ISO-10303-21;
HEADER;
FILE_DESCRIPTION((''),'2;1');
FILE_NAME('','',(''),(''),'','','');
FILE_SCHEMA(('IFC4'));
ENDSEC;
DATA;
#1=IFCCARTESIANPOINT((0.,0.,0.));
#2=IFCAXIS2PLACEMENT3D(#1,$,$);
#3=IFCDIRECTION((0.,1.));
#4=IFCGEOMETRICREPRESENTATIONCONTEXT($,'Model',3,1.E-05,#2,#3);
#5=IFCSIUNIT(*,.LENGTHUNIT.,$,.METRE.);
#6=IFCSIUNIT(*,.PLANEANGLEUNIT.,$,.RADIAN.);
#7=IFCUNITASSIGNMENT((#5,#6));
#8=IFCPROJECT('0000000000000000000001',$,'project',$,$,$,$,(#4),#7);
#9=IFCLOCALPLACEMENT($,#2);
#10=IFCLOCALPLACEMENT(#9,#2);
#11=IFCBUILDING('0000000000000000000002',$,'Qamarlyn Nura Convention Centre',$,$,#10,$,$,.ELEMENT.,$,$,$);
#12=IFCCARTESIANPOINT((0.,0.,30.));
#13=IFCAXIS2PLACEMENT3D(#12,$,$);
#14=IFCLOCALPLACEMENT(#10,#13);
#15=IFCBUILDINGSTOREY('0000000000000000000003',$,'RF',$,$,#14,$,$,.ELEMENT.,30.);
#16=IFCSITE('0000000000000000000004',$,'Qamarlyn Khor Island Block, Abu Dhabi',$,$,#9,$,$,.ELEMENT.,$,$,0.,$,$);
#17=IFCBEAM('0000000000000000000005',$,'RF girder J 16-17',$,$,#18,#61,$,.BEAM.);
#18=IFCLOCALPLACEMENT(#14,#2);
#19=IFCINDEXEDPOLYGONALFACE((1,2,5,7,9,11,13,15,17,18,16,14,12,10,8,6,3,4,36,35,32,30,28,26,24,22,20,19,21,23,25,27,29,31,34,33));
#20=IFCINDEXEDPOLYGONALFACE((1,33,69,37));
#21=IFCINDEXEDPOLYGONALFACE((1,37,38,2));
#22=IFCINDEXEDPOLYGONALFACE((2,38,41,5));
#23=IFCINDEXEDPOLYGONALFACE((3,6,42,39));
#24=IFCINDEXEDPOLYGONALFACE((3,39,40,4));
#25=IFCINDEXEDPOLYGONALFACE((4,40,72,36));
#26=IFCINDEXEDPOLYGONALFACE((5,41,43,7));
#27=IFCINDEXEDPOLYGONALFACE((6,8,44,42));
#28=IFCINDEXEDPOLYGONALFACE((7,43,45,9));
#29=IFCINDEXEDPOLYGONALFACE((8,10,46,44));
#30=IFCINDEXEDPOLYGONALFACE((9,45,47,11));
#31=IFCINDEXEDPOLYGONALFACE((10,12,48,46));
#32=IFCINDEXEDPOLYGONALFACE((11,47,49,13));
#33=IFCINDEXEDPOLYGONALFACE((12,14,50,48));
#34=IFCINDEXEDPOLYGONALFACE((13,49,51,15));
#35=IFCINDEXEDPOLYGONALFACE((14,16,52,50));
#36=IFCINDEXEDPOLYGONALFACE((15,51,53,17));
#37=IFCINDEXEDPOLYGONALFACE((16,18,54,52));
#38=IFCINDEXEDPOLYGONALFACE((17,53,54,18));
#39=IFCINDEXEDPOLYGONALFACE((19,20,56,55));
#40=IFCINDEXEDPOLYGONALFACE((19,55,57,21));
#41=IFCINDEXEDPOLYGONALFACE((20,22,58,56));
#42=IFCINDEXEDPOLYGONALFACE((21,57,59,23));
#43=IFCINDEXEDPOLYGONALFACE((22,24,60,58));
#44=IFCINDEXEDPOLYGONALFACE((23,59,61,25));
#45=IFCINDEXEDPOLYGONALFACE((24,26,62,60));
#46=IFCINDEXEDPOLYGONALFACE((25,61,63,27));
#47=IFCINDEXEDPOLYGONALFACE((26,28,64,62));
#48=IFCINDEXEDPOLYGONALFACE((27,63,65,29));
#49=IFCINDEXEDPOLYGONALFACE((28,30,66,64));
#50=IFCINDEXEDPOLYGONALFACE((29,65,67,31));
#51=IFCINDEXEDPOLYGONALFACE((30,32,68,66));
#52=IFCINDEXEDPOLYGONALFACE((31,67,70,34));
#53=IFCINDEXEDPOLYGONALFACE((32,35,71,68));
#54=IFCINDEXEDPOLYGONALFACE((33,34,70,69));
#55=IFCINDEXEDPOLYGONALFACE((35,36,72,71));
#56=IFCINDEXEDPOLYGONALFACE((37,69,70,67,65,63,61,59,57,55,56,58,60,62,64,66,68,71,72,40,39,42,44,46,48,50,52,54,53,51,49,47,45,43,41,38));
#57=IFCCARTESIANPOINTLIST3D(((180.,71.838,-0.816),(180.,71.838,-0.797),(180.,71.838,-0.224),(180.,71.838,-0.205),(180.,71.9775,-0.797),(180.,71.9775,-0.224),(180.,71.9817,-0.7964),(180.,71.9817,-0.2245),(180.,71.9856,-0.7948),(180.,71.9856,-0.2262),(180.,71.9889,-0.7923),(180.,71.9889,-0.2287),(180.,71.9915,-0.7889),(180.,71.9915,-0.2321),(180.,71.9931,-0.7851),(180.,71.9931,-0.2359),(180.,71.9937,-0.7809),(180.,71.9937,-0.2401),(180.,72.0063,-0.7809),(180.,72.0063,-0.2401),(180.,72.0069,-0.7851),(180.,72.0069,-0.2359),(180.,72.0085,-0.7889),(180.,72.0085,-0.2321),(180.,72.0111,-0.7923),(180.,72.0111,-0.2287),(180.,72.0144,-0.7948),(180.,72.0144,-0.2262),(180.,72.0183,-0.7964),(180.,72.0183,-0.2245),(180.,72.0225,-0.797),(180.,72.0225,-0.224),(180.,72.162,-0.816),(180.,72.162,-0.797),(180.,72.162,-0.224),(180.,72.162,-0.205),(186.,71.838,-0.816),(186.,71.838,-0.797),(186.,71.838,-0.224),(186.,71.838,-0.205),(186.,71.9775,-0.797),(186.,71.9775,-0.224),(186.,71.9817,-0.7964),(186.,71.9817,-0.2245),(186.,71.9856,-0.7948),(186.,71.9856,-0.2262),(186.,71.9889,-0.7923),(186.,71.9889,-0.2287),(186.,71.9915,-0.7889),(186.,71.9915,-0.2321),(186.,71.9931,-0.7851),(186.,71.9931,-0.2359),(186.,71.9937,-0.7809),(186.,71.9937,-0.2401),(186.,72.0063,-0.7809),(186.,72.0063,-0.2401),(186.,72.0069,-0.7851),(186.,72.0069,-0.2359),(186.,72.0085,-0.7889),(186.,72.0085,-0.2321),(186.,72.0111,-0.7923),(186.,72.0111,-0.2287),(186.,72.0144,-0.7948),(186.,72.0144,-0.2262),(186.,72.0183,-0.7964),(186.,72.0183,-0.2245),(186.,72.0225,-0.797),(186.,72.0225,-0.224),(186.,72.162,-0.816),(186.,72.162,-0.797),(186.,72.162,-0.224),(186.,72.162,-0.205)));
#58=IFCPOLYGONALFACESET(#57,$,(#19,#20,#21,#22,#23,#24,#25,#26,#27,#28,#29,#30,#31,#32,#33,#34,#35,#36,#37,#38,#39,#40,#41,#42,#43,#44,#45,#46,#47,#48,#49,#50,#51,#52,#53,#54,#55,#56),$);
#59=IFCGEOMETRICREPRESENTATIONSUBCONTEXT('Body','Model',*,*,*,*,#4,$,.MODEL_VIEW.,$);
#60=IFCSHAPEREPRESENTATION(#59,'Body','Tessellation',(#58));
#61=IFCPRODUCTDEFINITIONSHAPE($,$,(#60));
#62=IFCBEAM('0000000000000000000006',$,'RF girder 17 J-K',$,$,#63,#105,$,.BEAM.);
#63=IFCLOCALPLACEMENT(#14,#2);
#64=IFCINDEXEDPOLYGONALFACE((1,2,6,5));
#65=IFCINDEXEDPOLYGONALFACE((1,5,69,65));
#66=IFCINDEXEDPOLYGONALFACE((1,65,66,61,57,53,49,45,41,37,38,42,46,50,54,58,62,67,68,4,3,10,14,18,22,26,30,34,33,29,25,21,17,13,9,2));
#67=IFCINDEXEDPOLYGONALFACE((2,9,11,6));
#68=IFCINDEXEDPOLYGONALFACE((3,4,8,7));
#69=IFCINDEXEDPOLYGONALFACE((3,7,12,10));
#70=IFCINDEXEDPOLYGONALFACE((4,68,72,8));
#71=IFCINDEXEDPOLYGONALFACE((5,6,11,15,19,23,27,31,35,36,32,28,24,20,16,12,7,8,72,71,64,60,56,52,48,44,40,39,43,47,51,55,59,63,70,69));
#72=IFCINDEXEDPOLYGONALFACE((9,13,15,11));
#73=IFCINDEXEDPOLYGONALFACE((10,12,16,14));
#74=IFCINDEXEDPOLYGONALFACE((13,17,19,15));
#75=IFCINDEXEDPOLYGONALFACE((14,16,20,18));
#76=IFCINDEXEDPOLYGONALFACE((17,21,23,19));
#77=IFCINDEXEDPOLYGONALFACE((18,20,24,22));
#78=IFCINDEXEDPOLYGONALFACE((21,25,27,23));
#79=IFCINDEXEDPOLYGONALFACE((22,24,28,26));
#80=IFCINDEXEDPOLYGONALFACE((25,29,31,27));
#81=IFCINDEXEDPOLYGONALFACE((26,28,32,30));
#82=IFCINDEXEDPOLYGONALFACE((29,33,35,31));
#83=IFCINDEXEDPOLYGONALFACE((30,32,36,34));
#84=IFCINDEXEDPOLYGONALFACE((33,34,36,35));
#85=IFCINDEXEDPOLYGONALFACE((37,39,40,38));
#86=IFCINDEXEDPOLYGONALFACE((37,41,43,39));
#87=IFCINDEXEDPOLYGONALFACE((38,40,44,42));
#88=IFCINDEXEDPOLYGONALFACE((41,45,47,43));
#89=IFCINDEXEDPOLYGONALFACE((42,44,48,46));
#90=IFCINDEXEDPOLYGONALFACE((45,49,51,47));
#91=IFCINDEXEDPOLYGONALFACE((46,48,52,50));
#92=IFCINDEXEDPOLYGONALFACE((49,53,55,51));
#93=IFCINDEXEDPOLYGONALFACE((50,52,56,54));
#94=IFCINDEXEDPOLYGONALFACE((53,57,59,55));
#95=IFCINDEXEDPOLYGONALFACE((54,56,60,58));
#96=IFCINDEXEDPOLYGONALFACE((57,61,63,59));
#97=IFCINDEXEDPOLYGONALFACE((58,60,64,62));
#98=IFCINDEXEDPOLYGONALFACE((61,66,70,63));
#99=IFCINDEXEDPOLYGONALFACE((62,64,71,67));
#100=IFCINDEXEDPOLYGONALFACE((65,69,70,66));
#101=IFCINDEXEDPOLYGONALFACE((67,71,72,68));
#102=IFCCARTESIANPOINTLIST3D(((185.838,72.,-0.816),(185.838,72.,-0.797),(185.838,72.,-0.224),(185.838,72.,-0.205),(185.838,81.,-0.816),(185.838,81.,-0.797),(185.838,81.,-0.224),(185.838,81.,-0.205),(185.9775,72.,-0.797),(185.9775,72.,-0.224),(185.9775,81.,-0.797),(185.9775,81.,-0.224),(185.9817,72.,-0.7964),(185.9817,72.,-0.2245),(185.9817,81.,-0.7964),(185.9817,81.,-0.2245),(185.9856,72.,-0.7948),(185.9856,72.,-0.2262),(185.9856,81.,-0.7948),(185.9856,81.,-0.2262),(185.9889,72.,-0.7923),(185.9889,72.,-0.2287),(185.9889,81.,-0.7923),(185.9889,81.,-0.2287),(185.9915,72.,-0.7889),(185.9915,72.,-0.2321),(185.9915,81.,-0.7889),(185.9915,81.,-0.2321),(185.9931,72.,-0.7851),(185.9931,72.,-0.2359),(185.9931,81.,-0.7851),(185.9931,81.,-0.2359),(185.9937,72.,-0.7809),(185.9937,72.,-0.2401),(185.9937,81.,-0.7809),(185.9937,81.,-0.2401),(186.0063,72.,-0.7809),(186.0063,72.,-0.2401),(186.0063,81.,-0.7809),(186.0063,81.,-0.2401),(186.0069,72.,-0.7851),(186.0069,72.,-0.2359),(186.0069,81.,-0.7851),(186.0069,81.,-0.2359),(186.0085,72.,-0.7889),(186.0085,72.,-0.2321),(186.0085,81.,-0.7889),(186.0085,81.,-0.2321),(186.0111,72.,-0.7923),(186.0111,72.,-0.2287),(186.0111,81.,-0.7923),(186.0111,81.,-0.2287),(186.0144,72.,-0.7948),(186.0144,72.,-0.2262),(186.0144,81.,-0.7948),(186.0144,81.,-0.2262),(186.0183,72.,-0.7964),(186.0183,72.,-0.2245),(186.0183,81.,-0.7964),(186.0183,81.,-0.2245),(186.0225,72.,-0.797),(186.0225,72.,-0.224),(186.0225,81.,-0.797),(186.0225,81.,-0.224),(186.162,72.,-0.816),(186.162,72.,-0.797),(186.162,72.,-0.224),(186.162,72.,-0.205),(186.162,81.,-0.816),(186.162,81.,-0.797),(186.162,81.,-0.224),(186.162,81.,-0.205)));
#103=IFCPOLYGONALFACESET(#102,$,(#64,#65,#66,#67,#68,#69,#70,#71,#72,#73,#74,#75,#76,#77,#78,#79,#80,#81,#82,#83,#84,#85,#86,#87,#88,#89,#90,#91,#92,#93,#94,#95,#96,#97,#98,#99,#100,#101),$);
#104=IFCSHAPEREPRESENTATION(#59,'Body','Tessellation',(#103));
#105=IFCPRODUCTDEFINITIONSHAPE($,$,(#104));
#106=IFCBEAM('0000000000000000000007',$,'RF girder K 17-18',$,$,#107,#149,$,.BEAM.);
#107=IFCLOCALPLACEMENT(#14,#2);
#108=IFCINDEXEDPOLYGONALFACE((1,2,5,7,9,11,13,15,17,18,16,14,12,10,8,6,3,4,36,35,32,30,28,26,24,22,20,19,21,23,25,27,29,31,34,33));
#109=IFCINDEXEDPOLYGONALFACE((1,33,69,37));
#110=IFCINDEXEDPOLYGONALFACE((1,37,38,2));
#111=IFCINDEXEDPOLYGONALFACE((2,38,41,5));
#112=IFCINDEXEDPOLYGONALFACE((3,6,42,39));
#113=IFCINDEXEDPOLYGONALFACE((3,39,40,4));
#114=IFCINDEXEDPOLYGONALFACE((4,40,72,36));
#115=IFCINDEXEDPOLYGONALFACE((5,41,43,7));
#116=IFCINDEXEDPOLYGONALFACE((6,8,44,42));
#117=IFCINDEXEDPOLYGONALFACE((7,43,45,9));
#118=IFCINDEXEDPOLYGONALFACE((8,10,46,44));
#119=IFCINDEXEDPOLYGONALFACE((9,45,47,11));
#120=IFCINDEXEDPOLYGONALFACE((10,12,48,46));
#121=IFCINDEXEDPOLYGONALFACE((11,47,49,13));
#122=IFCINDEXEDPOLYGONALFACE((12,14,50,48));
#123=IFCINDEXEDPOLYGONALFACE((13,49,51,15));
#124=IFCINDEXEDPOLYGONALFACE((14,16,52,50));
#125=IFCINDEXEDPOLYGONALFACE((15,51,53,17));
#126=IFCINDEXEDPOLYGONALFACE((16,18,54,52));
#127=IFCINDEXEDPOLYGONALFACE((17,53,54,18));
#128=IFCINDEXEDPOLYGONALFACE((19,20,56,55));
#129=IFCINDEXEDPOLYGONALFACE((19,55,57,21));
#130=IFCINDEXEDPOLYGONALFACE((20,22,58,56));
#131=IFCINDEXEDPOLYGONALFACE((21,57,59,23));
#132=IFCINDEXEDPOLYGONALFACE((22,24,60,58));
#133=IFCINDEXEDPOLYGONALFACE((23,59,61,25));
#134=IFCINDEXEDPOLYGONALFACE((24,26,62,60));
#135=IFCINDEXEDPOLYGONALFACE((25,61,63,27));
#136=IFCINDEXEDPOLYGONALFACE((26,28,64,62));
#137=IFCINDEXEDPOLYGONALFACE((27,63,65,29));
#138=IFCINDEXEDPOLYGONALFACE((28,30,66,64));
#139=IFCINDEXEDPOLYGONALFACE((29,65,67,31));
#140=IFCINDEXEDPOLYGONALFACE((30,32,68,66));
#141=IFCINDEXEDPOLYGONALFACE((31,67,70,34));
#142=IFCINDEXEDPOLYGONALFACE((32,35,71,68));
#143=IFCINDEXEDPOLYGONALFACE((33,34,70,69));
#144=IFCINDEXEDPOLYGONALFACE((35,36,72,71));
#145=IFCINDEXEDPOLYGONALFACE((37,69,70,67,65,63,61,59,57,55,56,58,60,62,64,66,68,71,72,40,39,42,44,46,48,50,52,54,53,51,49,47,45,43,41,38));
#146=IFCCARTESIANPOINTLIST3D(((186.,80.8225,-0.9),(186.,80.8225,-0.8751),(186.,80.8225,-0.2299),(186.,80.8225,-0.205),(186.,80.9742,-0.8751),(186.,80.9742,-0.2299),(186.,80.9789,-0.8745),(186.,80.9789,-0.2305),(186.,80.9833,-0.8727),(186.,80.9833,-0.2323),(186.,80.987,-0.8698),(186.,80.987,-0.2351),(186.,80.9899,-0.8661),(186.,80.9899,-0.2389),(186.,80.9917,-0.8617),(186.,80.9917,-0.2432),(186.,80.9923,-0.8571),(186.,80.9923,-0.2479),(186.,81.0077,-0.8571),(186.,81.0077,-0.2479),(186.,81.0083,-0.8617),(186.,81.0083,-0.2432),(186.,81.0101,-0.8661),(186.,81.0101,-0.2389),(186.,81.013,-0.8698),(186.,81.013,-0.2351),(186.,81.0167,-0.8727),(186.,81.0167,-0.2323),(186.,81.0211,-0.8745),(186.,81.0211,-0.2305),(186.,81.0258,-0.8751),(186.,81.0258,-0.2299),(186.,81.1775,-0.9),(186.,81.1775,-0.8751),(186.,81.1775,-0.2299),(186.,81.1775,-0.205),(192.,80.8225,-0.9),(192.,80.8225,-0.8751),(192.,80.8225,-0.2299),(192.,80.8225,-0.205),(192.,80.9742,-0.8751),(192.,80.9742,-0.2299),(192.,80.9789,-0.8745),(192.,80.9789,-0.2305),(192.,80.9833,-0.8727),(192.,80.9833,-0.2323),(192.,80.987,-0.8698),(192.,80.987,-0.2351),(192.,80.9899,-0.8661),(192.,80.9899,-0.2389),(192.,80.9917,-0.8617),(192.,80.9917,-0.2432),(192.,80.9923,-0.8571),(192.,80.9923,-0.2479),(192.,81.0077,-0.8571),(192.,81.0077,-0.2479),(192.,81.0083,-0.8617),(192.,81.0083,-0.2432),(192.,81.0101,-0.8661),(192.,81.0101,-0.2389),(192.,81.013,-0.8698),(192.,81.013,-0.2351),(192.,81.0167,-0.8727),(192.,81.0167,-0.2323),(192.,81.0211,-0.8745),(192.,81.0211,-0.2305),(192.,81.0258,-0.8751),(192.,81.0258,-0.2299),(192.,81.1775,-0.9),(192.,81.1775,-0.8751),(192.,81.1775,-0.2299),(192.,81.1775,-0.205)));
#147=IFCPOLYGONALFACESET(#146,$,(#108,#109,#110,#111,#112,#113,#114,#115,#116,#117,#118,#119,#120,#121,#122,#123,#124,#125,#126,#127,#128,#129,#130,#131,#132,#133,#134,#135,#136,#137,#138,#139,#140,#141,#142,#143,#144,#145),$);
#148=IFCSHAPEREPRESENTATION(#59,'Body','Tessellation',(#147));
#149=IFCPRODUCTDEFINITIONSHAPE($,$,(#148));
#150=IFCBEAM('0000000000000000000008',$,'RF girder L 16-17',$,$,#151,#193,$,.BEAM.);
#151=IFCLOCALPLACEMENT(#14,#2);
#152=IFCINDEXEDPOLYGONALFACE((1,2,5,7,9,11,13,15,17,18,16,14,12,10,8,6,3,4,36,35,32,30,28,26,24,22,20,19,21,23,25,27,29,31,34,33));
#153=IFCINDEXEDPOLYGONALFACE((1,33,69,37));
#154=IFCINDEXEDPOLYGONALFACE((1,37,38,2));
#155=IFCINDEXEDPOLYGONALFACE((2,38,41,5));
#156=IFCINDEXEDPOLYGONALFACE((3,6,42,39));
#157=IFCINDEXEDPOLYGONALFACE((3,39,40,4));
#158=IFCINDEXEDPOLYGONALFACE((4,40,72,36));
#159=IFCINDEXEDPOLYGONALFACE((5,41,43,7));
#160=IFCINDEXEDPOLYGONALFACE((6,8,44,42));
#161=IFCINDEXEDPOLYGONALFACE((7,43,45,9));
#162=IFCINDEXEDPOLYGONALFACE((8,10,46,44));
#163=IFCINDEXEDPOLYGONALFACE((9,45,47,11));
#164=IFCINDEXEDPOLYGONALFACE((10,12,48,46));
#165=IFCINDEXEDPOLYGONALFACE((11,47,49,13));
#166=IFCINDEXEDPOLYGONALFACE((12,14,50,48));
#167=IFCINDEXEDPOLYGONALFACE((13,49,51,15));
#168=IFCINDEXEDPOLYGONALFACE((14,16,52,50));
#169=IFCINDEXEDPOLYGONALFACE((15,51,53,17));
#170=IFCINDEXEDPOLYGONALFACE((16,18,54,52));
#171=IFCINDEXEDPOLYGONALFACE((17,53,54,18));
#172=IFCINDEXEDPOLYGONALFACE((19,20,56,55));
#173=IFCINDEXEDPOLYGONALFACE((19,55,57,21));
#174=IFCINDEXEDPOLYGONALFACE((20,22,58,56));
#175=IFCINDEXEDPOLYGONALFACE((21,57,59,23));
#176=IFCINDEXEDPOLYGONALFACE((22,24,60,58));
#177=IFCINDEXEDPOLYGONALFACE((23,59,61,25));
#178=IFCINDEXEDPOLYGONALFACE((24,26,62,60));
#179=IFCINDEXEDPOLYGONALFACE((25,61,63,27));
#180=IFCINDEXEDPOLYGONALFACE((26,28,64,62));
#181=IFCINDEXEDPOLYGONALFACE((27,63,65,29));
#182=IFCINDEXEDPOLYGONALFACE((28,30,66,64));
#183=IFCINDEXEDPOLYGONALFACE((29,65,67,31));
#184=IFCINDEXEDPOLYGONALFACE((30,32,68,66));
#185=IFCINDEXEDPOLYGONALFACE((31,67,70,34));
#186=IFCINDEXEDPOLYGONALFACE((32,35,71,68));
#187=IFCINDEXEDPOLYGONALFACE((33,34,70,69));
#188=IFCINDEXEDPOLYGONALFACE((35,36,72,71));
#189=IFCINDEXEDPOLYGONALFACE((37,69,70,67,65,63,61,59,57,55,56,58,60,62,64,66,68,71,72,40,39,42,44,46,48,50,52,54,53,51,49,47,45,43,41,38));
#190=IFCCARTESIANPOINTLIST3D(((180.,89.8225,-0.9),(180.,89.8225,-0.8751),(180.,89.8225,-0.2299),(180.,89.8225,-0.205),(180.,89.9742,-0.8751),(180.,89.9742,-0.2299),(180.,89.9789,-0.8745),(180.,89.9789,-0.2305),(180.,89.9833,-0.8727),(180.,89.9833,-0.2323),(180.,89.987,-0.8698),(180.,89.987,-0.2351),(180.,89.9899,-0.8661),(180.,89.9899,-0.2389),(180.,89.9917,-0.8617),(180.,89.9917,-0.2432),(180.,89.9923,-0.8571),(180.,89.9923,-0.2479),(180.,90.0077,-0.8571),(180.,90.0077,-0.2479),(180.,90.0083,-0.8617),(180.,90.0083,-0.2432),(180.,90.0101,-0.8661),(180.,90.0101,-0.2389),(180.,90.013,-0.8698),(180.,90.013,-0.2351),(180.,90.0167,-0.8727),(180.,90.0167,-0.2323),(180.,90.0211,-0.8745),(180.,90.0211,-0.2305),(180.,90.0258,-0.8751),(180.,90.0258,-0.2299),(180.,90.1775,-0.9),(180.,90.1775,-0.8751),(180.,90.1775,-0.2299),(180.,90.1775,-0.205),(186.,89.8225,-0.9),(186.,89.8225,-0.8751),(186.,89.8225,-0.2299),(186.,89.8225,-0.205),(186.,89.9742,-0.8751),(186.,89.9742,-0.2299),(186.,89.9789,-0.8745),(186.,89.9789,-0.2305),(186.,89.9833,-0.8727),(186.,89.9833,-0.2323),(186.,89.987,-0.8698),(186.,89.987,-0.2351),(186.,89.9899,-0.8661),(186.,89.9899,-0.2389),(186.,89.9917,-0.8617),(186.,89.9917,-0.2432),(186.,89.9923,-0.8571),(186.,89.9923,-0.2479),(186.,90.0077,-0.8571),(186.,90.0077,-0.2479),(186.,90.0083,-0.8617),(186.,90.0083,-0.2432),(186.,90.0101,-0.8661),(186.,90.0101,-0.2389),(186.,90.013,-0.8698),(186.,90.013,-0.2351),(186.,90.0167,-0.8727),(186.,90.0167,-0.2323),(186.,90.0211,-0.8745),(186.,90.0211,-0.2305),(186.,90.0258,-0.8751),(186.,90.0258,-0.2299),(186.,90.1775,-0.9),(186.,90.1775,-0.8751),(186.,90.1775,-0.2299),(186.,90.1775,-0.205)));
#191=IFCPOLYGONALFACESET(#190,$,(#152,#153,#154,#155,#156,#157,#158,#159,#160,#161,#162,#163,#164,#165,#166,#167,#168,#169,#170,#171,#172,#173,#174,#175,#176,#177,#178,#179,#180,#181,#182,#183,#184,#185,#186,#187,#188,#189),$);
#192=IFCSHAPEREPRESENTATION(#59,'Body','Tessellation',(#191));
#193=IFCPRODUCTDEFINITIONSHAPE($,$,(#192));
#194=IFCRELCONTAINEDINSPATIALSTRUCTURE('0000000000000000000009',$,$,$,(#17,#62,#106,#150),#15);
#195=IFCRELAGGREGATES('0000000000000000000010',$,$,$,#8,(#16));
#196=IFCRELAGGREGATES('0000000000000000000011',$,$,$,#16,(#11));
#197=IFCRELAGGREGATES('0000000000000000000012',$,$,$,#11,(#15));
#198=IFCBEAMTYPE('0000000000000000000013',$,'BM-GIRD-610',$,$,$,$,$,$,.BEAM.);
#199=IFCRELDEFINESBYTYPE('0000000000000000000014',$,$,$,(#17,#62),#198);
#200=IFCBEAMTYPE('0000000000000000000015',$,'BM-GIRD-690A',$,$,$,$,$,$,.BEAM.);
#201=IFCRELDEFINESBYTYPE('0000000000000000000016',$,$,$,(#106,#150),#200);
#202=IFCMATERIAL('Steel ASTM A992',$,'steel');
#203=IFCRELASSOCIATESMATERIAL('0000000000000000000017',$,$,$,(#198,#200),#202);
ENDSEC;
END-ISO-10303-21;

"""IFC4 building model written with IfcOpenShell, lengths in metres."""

from ifc_helpers import new_model, si_unit, direction, frame, origin, origin_2d, place, context, subcontext, project, spatial, i_section, extrude, material, material_profile, profile_set, type_object, element, save


model = new_model("IFC4")

# Units and contexts
model_context = context("Model", 3, precision=1e-05, world=origin(), true_north=direction((0.0, 1.0)))
body_context = subcontext(model_context, "Body", "Model", "MODEL_VIEW")
ifc_project = project(units=[si_unit("LENGTHUNIT", "METRE"), si_unit("PLANEANGLEUNIT", "RADIAN")], contexts=[model_context])

# Site, building, storey
site_placement = place(None, origin())
site = spatial("IfcSite", under=ifc_project, at=site_placement, Name="Qamarlyn Khor Island Block, Abu Dhabi", CompositionType="ELEMENT", RefElevation=0.0)
building_placement = place(site_placement, origin())
building = spatial("IfcBuilding", under=site, at=building_placement, Name="Qamarlyn Nura Convention Centre", CompositionType="ELEMENT")
storey_placement = place(building_placement, frame((0.0, 0.0, 30.0)))
storey = spatial("IfcBuildingStorey", under=building, at=storey_placement, Name="RF", CompositionType="ELEMENT", Elevation=30.0)

# Beams
ifc_material_1 = material(Name="Steel ASTM A992", Category="steel")
ifc_material_profile_1 = material_profile(ifc_material_1, i_section(OverallWidth=0.324, OverallDepth=0.6111, WebThickness=0.0127, FlangeThickness=0.019, FilletRadius=0.0161, at=origin_2d()), Name="W610X155")
ifc_profile_set_1 = profile_set([ifc_material_profile_1], Name="Steel ASTM A992")
beam_type_1 = type_object("IfcBeamType", Name="BM-GIRD-610", PredefinedType="BEAM", material=ifc_profile_set_1)
beam_1_placement = place(storey_placement, frame((180.0, 72.0, -0.5105), z_axis=(1.0, 0.0, 0.0), x_axis=(0.0, 1.0, 0.0)))
element("IfcBeam", 1, at=beam_1_placement, inside=storey, type_object=beam_type_1, Name="RF girder J 16-17", PredefinedType="BEAM", context=body_context, shape_type="SweptSolid", body=[
    extrude(i_section(OverallWidth=0.324, OverallDepth=0.6111, WebThickness=0.0127, FlangeThickness=0.019, FilletRadius=0.0161, at=origin_2d()), origin(), (0.0, 0.0, 1.0), 6.0),
])
beam_2_placement = place(storey_placement, frame((186.0, 72.0, -0.5105), z_axis=(0.0, 1.0, 0.0), x_axis=(-1.0, 0.0, 0.0)))
element("IfcBeam", 2, at=beam_2_placement, inside=storey, type_object=beam_type_1, Name="RF girder 17 J-K", PredefinedType="BEAM", context=body_context, shape_type="SweptSolid", body=[
    extrude(i_section(OverallWidth=0.324, OverallDepth=0.6111, WebThickness=0.0127, FlangeThickness=0.019, FilletRadius=0.0161, at=origin_2d()), origin(), (0.0, 0.0, 1.0), 9.0),
])
ifc_material_profile_2 = material_profile(ifc_material_1, i_section(OverallWidth=0.355, OverallDepth=0.6951, WebThickness=0.0154, FlangeThickness=0.0249, FilletRadius=0.0181, at=origin_2d()), Name="W690X217")
ifc_profile_set_2 = profile_set([ifc_material_profile_2], Name="Steel ASTM A992")
beam_type_2 = type_object("IfcBeamType", Name="BM-GIRD-690A", PredefinedType="BEAM", material=ifc_profile_set_2)
for number, where, z_axis, x_axis, name in (
    (3, (186.0, 81.0, -0.5525), (1.0, 0.0, 0.0), (0.0, 1.0, 0.0), "RF girder K 17-18"),
    (4, (180.0, 90.0, -0.5525), (1.0, 0.0, 0.0), (0.0, 1.0, 0.0), "RF girder L 16-17"),
):
    element("IfcBeam", number, at=place(storey_placement, frame(where, z_axis=z_axis, x_axis=x_axis)), inside=storey, type_object=beam_type_2, Name=name, PredefinedType="BEAM", context=body_context, shape_type="SweptSolid", body=[
        extrude(i_section(OverallWidth=0.355, OverallDepth=0.6951, WebThickness=0.0154, FlangeThickness=0.0249, FilletRadius=0.0181, at=origin_2d()), origin(), (0.0, 0.0, 1.0), 6.0),
    ])

save(model, "model.ifc")
